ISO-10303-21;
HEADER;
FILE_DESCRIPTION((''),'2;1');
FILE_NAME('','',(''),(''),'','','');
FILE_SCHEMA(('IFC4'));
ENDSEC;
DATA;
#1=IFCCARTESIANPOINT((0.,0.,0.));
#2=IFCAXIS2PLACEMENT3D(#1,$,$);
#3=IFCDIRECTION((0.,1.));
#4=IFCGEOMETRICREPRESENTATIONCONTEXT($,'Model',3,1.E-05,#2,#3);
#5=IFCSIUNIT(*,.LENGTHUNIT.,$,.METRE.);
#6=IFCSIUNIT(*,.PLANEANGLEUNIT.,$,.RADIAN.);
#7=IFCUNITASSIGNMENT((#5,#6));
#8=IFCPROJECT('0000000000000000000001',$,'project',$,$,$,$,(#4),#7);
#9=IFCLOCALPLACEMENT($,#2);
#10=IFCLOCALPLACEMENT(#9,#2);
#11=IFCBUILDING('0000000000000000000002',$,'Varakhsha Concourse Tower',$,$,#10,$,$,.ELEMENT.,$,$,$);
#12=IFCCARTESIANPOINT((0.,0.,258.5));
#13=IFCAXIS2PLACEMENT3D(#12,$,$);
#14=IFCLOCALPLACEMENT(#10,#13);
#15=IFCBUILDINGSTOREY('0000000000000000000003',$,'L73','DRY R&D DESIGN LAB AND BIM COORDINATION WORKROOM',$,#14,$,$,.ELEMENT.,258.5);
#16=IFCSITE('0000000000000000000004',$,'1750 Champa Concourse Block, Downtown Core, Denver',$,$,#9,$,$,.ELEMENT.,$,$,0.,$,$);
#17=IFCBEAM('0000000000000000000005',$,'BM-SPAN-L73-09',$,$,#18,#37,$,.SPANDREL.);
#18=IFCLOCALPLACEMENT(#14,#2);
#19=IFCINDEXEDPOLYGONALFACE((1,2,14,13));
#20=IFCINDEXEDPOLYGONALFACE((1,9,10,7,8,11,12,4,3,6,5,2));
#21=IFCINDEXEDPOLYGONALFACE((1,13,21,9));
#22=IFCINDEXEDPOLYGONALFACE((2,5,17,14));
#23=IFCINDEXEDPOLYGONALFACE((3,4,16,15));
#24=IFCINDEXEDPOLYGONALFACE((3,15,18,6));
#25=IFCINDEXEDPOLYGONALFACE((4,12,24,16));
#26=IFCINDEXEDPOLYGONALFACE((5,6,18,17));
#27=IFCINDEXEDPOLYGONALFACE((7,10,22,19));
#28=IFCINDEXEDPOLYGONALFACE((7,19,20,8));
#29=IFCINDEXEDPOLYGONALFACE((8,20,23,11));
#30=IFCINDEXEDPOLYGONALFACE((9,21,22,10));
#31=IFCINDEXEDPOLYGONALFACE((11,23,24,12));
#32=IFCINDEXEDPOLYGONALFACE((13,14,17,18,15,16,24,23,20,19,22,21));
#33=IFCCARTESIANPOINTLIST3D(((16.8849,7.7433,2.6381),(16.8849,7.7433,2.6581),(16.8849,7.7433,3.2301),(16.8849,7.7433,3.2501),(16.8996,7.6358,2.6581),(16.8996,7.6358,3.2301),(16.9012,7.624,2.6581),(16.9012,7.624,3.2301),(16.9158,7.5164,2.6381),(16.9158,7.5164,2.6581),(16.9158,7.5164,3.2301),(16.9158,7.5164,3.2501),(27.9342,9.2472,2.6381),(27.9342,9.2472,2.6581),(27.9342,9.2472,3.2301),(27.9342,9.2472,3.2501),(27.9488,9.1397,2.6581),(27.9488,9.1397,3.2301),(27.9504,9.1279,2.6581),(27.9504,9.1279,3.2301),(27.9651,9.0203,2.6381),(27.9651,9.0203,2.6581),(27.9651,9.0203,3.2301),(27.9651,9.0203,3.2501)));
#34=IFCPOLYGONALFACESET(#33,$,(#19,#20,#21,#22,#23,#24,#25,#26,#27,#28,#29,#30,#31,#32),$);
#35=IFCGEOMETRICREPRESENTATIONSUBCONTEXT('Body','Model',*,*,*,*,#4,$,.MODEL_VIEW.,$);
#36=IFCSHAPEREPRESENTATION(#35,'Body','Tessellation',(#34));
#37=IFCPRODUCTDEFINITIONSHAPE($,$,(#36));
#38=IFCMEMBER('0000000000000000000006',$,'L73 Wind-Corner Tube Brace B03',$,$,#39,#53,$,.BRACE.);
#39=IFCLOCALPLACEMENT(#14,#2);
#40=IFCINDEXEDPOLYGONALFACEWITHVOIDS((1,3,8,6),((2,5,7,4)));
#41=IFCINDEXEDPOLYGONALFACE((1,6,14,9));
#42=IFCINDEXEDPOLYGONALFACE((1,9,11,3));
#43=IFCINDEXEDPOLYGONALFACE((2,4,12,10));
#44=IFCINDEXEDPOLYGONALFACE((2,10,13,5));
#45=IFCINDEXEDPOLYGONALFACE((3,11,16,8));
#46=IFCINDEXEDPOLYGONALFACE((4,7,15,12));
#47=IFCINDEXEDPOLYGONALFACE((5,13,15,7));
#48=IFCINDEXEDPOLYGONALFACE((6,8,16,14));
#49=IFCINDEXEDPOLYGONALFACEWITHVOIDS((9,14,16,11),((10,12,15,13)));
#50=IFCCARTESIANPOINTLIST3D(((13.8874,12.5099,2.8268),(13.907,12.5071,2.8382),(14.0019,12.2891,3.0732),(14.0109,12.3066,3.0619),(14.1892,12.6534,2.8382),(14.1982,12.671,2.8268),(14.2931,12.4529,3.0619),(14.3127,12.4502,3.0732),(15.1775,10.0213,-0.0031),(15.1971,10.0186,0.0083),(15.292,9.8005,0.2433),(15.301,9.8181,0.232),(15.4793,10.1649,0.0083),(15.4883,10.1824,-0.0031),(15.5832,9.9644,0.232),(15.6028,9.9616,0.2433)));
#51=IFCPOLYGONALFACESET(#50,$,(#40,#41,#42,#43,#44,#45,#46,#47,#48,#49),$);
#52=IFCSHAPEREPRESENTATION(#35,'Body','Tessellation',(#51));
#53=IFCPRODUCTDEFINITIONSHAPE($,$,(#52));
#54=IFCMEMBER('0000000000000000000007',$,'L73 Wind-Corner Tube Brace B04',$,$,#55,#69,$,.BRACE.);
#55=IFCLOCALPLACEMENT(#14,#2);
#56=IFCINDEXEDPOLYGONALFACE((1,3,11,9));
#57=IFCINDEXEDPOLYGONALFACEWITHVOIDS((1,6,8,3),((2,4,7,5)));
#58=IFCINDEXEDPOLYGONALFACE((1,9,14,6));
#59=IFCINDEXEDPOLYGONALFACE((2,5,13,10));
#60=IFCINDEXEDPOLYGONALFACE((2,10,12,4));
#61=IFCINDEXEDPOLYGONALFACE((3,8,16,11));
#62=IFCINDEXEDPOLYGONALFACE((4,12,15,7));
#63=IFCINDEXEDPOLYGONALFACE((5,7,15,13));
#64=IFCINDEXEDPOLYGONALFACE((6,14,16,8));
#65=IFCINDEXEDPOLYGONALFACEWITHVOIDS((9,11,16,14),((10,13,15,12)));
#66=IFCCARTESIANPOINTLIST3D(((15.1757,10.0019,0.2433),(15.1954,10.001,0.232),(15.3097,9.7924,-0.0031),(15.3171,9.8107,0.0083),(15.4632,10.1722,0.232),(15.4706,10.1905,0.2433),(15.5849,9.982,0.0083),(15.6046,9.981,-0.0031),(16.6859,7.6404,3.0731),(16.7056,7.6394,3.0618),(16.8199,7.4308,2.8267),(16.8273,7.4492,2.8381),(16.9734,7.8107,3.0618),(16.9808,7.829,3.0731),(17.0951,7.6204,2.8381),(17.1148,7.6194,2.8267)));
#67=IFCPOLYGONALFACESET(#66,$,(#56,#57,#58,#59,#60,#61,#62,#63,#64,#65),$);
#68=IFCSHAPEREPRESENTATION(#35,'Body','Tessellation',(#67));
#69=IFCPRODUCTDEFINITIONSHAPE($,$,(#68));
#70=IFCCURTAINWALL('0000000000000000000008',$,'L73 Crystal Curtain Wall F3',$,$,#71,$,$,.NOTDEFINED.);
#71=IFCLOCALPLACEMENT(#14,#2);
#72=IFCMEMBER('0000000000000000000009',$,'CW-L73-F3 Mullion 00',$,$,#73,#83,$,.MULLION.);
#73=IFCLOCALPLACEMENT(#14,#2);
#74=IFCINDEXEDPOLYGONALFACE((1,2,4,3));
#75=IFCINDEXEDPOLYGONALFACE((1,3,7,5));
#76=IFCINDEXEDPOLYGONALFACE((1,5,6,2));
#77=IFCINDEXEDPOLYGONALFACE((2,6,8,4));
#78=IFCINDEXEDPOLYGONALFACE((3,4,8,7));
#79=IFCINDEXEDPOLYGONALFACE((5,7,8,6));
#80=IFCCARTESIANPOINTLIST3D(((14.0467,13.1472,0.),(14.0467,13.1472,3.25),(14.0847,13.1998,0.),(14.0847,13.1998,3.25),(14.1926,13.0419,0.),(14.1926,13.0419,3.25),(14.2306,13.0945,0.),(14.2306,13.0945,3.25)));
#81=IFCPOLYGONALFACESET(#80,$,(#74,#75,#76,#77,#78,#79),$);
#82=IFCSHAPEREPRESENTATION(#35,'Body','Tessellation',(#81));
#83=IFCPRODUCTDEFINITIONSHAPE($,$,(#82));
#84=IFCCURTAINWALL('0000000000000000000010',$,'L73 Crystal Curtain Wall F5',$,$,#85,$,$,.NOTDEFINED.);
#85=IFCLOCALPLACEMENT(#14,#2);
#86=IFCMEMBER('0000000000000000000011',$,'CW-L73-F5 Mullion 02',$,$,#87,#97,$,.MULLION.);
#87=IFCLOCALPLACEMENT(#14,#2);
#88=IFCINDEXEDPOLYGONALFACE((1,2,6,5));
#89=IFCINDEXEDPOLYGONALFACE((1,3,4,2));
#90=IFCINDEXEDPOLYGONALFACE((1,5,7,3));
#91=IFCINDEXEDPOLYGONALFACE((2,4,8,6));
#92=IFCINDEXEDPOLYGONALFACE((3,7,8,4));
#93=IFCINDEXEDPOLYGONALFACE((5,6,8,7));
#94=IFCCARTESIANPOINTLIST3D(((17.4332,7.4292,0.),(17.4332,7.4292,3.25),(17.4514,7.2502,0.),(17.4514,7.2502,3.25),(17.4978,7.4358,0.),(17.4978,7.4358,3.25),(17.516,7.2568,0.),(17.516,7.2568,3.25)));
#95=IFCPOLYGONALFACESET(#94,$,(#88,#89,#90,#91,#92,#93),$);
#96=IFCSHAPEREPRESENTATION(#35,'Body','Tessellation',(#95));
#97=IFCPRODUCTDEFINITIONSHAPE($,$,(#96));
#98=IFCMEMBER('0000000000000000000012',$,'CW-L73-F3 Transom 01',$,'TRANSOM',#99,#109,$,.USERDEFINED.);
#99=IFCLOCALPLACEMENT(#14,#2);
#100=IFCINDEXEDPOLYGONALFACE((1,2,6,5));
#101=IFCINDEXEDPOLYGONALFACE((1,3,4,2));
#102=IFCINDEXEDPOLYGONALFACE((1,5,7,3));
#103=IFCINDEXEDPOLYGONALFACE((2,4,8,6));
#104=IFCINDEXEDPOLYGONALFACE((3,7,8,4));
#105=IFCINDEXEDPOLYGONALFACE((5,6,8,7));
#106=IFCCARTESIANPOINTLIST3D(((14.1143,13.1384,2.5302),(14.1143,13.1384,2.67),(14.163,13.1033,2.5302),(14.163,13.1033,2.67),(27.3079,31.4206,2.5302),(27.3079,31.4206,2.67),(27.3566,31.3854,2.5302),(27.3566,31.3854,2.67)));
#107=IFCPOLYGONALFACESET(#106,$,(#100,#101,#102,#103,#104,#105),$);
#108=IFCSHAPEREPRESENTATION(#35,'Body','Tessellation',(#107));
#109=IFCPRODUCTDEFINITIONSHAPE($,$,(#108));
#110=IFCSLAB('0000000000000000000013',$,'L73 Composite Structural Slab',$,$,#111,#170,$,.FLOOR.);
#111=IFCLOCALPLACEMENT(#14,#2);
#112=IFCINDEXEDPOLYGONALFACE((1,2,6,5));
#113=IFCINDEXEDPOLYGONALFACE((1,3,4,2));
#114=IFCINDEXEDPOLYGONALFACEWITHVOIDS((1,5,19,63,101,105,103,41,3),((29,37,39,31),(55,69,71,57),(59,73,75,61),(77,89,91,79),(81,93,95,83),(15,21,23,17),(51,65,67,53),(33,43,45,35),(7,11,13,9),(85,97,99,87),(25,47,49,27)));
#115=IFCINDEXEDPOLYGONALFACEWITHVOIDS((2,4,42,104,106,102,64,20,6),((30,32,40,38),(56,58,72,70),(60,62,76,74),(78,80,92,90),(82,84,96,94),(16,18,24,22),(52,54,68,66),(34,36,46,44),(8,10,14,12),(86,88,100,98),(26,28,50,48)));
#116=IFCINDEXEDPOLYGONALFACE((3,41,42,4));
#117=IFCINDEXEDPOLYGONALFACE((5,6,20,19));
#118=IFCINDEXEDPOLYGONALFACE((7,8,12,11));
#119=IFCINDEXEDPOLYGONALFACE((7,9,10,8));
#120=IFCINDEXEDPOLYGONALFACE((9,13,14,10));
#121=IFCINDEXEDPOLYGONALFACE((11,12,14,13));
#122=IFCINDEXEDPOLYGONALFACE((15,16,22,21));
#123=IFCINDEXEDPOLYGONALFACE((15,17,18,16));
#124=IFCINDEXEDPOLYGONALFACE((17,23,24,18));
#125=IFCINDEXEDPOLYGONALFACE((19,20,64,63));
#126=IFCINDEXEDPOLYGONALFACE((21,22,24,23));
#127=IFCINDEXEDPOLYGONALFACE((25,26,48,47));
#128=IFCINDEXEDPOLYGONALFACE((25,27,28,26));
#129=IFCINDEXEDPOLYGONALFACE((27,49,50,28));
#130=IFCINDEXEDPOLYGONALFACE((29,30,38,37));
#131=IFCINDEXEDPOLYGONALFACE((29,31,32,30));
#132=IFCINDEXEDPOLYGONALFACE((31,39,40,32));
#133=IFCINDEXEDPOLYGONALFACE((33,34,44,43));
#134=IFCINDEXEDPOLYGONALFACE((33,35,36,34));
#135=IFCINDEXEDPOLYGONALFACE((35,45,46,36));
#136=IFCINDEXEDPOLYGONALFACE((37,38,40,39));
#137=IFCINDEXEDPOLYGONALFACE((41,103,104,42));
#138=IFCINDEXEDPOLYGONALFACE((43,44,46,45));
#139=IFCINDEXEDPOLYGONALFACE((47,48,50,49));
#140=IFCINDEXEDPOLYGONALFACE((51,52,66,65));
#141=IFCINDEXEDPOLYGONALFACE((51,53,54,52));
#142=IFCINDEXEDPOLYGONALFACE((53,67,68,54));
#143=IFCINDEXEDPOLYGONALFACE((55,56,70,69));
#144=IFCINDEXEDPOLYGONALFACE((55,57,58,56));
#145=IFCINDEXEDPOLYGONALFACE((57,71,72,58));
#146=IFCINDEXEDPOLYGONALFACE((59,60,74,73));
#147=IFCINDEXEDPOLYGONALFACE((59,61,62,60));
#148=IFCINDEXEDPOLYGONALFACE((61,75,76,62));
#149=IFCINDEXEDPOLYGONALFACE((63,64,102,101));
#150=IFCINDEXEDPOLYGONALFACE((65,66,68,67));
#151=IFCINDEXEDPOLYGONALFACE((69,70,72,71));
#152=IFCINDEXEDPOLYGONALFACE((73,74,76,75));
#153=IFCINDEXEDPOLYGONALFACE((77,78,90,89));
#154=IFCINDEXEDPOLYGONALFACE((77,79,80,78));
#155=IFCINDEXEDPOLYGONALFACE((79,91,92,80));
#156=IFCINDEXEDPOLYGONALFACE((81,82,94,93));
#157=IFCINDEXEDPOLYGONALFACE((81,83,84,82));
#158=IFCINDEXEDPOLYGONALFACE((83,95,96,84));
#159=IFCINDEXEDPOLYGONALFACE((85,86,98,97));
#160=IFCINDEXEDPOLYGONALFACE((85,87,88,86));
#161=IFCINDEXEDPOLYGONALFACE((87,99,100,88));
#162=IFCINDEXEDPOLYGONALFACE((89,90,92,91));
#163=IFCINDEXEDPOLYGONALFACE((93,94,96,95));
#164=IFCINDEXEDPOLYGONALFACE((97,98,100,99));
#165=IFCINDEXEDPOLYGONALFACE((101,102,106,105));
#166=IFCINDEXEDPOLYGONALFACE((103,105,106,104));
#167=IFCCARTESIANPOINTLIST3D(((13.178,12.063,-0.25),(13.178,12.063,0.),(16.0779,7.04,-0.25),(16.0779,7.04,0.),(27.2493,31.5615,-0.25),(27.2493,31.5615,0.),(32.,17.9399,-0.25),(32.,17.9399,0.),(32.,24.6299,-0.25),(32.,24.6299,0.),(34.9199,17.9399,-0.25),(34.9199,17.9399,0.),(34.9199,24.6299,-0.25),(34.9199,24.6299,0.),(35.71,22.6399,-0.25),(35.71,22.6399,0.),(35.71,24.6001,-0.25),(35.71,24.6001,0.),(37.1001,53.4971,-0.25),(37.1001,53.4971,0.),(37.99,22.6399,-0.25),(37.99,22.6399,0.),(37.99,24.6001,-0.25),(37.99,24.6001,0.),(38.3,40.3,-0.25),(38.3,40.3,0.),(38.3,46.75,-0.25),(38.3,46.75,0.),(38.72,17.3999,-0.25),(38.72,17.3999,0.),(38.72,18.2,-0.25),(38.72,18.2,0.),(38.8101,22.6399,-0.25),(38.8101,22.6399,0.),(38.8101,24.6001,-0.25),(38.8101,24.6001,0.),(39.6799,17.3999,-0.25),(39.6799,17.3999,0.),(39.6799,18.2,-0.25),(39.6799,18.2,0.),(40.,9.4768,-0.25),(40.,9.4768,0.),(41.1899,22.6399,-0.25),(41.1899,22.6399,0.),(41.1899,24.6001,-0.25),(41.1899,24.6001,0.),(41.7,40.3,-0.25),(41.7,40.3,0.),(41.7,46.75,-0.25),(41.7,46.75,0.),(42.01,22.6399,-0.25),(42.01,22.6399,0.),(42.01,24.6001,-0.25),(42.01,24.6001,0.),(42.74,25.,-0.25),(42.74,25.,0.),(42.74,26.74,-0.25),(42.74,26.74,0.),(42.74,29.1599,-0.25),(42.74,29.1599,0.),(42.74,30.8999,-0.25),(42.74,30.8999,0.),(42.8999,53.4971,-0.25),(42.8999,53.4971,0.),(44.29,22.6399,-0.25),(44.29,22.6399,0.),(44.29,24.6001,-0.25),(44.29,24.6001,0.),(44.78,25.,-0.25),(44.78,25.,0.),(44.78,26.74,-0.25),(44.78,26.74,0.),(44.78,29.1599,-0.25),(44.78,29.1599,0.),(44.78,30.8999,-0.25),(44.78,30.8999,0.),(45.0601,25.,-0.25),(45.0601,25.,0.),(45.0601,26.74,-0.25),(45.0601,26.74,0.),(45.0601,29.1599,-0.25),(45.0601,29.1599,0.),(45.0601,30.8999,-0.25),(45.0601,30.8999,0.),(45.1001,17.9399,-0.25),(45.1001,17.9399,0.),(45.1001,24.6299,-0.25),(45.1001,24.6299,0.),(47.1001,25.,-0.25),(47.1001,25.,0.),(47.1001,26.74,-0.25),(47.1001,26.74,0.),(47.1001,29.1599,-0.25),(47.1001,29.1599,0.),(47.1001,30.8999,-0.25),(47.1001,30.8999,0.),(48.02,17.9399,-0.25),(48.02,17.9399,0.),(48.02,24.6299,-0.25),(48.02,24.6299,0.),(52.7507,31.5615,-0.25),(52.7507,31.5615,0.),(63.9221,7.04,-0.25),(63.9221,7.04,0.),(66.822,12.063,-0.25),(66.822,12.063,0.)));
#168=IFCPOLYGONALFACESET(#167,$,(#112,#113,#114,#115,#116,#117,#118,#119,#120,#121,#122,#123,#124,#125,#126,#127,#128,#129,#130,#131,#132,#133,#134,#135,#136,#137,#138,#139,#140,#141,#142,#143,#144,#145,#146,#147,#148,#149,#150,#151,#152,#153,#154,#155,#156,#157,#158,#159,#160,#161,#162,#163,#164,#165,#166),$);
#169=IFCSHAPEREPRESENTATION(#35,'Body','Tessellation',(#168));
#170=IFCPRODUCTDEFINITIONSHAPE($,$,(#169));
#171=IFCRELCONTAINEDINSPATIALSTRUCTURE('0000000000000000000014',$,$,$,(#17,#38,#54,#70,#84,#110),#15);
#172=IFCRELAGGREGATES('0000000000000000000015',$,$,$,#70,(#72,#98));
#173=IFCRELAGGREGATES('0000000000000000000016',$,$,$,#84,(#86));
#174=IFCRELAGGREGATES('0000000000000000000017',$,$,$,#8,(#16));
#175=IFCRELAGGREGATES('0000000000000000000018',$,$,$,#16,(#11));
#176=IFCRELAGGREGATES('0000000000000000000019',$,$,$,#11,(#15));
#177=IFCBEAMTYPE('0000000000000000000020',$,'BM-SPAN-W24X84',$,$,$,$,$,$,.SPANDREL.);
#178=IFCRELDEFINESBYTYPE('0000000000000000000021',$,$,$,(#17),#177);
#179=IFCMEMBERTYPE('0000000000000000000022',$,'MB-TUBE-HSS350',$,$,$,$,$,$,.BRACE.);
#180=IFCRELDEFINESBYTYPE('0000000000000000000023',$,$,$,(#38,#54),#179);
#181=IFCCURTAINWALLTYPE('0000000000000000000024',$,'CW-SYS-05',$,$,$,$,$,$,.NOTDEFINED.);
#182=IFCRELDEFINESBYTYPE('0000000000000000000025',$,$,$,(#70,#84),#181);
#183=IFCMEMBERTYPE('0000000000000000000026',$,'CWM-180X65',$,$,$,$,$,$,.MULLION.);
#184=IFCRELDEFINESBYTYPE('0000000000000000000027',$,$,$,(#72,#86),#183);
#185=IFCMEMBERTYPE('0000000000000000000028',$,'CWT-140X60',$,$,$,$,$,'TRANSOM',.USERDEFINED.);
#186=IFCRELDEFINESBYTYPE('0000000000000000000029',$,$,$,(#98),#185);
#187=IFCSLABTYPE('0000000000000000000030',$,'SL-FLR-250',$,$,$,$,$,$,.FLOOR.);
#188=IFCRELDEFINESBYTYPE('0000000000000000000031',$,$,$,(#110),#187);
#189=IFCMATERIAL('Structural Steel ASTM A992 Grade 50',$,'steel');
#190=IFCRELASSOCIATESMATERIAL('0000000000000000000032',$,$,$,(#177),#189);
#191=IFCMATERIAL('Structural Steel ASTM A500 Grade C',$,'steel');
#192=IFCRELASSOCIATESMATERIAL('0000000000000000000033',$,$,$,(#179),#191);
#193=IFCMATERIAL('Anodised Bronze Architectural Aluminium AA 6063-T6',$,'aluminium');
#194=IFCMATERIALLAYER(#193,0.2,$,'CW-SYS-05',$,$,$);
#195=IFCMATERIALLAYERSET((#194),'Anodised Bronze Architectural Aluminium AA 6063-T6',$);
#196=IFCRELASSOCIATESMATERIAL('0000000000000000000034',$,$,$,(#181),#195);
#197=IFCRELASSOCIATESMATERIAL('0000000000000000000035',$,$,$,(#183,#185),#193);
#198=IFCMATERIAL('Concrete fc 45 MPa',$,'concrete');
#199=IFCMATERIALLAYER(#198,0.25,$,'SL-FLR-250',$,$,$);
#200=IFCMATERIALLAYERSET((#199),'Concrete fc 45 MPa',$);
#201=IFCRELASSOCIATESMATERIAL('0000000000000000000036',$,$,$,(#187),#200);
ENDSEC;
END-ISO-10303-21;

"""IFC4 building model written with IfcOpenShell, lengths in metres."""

from ifc_helpers import new_model, si_unit, direction, frame, origin, origin_2d, place, context, subcontext, project, spatial, polyline, rectangle, hollow_rectangle, i_section, outline, extrude, source, transform, mapped, material, layer, layer_set, material_profile, profile_set, type_object, type_shapes, element, aggregate, save


model = new_model("IFC4")

# Units and contexts
model_context = context("Model", 3, precision=1e-05, world=origin(), true_north=direction((0.0, 1.0)))
body_context = subcontext(model_context, "Body", "Model", "MODEL_VIEW")
ifc_project = project(units=[si_unit("LENGTHUNIT", "METRE"), si_unit("PLANEANGLEUNIT", "RADIAN")], contexts=[model_context])

# Site, building, storey
site_placement = place(None, origin())
site = spatial("IfcSite", under=ifc_project, at=site_placement, Name="1750 Champa Concourse Block, Downtown Core, Denver", CompositionType="ELEMENT", RefElevation=0.0)
building_placement = place(site_placement, origin())
building = spatial("IfcBuilding", under=site, at=building_placement, Name="Varakhsha Concourse Tower", CompositionType="ELEMENT")
storey_placement = place(building_placement, frame((0.0, 0.0, 258.5)))
storey = spatial("IfcBuildingStorey", under=building, at=storey_placement, Name="L73", Description="DRY R&D DESIGN LAB AND BIM COORDINATION WORKROOM", CompositionType="ELEMENT", Elevation=258.5)

# Shared definitions
ifc_material_1 = material(Name="Structural Steel ASTM A992 Grade 50", Category="steel")

# Beam
ifc_material_profile_1 = material_profile(ifc_material_1, i_section(OverallWidth=0.229, OverallDepth=0.6121, WebThickness=0.012, FlangeThickness=0.02, at=origin_2d()), Name="W24X84")
ifc_profile_set_1 = profile_set([ifc_material_profile_1], Name="Structural Steel ASTM A992 Grade 50")
beam_type_1 = type_object("IfcBeamType", Name="BM-SPAN-W24X84", PredefinedType="SPANDREL", material=ifc_profile_set_1)
beam_1_placement = place(storey_placement, frame((16.9004, 7.6299, 2.9441), z_axis=(0.990864, 0.134865, 0.0), x_axis=(-0.134865, 0.990864, 0.0)))
element("IfcBeam", 1, at=beam_1_placement, inside=storey, type_object=beam_type_1, Name="BM-SPAN-L73-09", PredefinedType="SPANDREL", context=body_context, shape_type="SweptSolid", body=[
    extrude(i_section(OverallWidth=0.229, OverallDepth=0.6121, WebThickness=0.012, FlangeThickness=0.02, at=origin_2d()), origin(), (0.0, 0.0, 1.0), 11.1511),
])

# Members
ifc_material_2 = material(Name="Structural Steel ASTM A500 Grade C", Category="steel")
ifc_material_profile_2 = material_profile(ifc_material_2, hollow_rectangle(XDim=0.3501, YDim=0.3501, WallThickness=0.0161, at=origin_2d()), Name="HSS 350x350x16")
ifc_profile_set_2 = profile_set([ifc_material_profile_2], Name="Structural Steel ASTM A500 Grade C")
member_type_1 = type_object("IfcMemberType", Name="MB-TUBE-HSS350", PredefinedType="BRACE", material=ifc_profile_set_2)
shared_shape_1 = source(origin(), body_context, "Body", "SweptSolid", [
    extrude(hollow_rectangle(XDim=0.3501, YDim=0.3501, WallThickness=0.0161, at=origin_2d()), origin(), (0.0, 0.0, 1.0), 3.9832),
])
type_shapes(member_type_1, [shared_shape_1])
for number, where, z_axis, x_axis, name in (
    (2, (15.3901, 9.9915, 0.1201), (-0.32388, 0.624774, 0.710464), (-0.887799, -0.460231, 0.0), "L73 Wind-Corner Tube Brace B03"),
    (3, (15.3901, 9.9915, 0.1201), (0.379156, -0.592884, 0.710443), (0.842458, 0.538762, 0.0), "L73 Wind-Corner Tube Brace B04"),
):
    element("IfcMember", number, at=place(storey_placement, frame(where, z_axis=z_axis, x_axis=x_axis)), inside=storey, type_object=member_type_1, Name=name, PredefinedType="BRACE", context=body_context, shape_type="MappedRepresentation", body=[
        mapped(shared_shape_1, transform((0.0, 0.0, 0.0), scale=1.0)),
    ])

# Curtain walls, members
ifc_material_3 = material(Name="Anodised Bronze Architectural Aluminium AA 6063-T6", Category="aluminium")
ifc_layer_1 = layer(ifc_material_3, 0.2, Name="CW-SYS-05")
ifc_layer_set_1 = layer_set([ifc_layer_1], Name="Anodised Bronze Architectural Aluminium AA 6063-T6")
curtain_wall_type = type_object("IfcCurtainWallType", Name="CW-SYS-05", PredefinedType="NOTDEFINED", material=ifc_layer_set_1)
curtain_wall_1_placement = place(storey_placement, origin())
curtain_wall_1 = element("IfcCurtainWall", 4, at=curtain_wall_1_placement, inside=storey, type_object=curtain_wall_type, Name="L73 Crystal Curtain Wall F3", PredefinedType="NOTDEFINED")
ifc_material_profile_3 = material_profile(ifc_material_3, rectangle(XDim=0.0649, YDim=0.1799, at=origin_2d()), Name="CWM-180X65")
ifc_profile_set_3 = profile_set([ifc_material_profile_3], Name="Anodised Bronze Architectural Aluminium AA 6063-T6")
member_type_2 = type_object("IfcMemberType", Name="CWM-180X65", PredefinedType="MULLION", material=ifc_profile_set_3)
shared_shape_2 = source(origin(), body_context, "Body", "SweptSolid", [
    extrude(rectangle(XDim=0.0649, YDim=0.1799, at=origin_2d()), origin(), (0.0, 0.0, 1.0), 3.25),
])
type_shapes(member_type_2, [shared_shape_2])
member_1_placement = place(storey_placement, frame((14.1387, 13.1208, 0.0), z_axis=(0.0, 0.0, 1.0), x_axis=(0.585188, 0.810897, 0.0)))
member_1 = element("IfcMember", 5, at=member_1_placement, type_object=member_type_2, Name="CW-L73-F3 Mullion 00", PredefinedType="MULLION", context=body_context, shape_type="MappedRepresentation", body=[
    mapped(shared_shape_2, transform((0.0, 0.0, 0.0), scale=1.0)),
])
curtain_wall_2_placement = place(storey_placement, origin())
curtain_wall_2 = element("IfcCurtainWall", 6, at=curtain_wall_2_placement, inside=storey, type_object=curtain_wall_type, Name="L73 Crystal Curtain Wall F5", PredefinedType="NOTDEFINED")
member_2_placement = place(storey_placement, frame((17.4746, 7.343, 0.0), z_axis=(0.0, 0.0, 1.0), x_axis=(-0.994852, -0.101336, 0.0)))
member_2 = element("IfcMember", 7, at=member_2_placement, type_object=member_type_2, Name="CW-L73-F5 Mullion 02", PredefinedType="MULLION", context=body_context, shape_type="MappedRepresentation", body=[
    mapped(shared_shape_2, transform((0.0, 0.0, 0.0), scale=1.0)),
])

# Member
ifc_material_profile_4 = material_profile(ifc_material_3, rectangle(XDim=0.0601, YDim=0.1399, at=origin_2d()), Name="CWT-140X60")
ifc_profile_set_4 = profile_set([ifc_material_profile_4], Name="Anodised Bronze Architectural Aluminium AA 6063-T6")
member_type_3 = type_object("IfcMemberType", Name="CWT-140X60", ElementType="TRANSOM", PredefinedType="USERDEFINED", material=ifc_profile_set_4)
shared_shape_3 = source(origin(), body_context, "Body", "SweptSolid", [
    extrude(rectangle(XDim=0.0601, YDim=0.1399, at=origin_2d()), origin(), (0.0, 0.0, 1.0), 22.5457),
])
type_shapes(member_type_3, [shared_shape_3])
member_3_placement = place(storey_placement, frame((14.1387, 13.1208, 2.6001), z_axis=(0.585192, 0.810894, 0.0), x_axis=(-0.810894, 0.585192, 0.0)))
member_3 = element("IfcMember", 8, at=member_3_placement, type_object=member_type_3, Name="CW-L73-F3 Transom 01", ObjectType="TRANSOM", PredefinedType="USERDEFINED", context=body_context, shape_type="MappedRepresentation", body=[
    mapped(shared_shape_3, transform((0.0, 0.0, 0.0), scale=1.0)),
])

# Slab
ifc_material_4 = material(Name="Concrete fc 45 MPa", Category="concrete")
ifc_layer_2 = layer(ifc_material_4, 0.25, Name="SL-FLR-250")
ifc_layer_set_2 = layer_set([ifc_layer_2], Name="Concrete fc 45 MPa")
slab_type_1 = type_object("IfcSlabType", Name="SL-FLR-250", PredefinedType="FLOOR", material=ifc_layer_set_2)
slab_1_placement = place(storey_placement, frame((0.0, 0.0, -0.25)))
element("IfcSlab", 9, at=slab_1_placement, inside=storey, type_object=slab_type_1, Name="L73 Composite Structural Slab", PredefinedType="FLOOR", context=body_context, shape_type="SweptSolid", body=[
    extrude(outline(polyline([(42.8999, 53.4971), (37.1001, 53.4971), (27.2493, 31.5615), (13.178, 12.063), (16.0779, 7.04), (40.0, 9.4768), (63.9221, 7.04), (66.822, 12.063), (52.7507, 31.5615), (42.8999, 53.4971)]), holes=[polyline([(34.9199, 17.9399), (34.9199, 24.6299), (32.0, 24.6299), (32.0, 17.9399), (34.9199, 17.9399)]), polyline([(48.02, 17.9399), (48.02, 24.6299), (45.1001, 24.6299), (45.1001, 17.9399), (48.02, 17.9399)]), polyline([(41.7, 40.3), (41.7, 46.75), (38.3, 46.75), (38.3, 40.3), (41.7, 40.3)]), polyline([(42.74, 29.1599), (44.78, 29.1599), (44.78, 30.8999), (42.74, 30.8999), (42.74, 29.1599)]), polyline([(45.0601, 29.1599), (47.1001, 29.1599), (47.1001, 30.8999), (45.0601, 30.8999), (45.0601, 29.1599)]), polyline([(42.74, 25.0), (44.78, 25.0), (44.78, 26.74), (42.74, 26.74), (42.74, 25.0)]), polyline([(45.0601, 25.0), (47.1001, 25.0), (47.1001, 26.74), (45.0601, 26.74), (45.0601, 25.0)]), polyline([(35.71, 22.6399), (37.99, 22.6399), (37.99, 24.6001), (35.71, 24.6001), (35.71, 22.6399)]), polyline([(42.01, 22.6399), (44.29, 22.6399), (44.29, 24.6001), (42.01, 24.6001), (42.01, 22.6399)]), polyline([(38.8101, 22.6399), (41.1899, 22.6399), (41.1899, 24.6001), (38.8101, 24.6001), (38.8101, 22.6399)]), polyline([(38.72, 17.3999), (39.6799, 17.3999), (39.6799, 18.2), (38.72, 18.2), (38.72, 17.3999)])]), origin(), (0.0, 0.0, 1.0), 0.25),
])

aggregate(curtain_wall_1, [member_1, member_3])
aggregate(curtain_wall_2, [member_2])

save(model, "model.ifc")
